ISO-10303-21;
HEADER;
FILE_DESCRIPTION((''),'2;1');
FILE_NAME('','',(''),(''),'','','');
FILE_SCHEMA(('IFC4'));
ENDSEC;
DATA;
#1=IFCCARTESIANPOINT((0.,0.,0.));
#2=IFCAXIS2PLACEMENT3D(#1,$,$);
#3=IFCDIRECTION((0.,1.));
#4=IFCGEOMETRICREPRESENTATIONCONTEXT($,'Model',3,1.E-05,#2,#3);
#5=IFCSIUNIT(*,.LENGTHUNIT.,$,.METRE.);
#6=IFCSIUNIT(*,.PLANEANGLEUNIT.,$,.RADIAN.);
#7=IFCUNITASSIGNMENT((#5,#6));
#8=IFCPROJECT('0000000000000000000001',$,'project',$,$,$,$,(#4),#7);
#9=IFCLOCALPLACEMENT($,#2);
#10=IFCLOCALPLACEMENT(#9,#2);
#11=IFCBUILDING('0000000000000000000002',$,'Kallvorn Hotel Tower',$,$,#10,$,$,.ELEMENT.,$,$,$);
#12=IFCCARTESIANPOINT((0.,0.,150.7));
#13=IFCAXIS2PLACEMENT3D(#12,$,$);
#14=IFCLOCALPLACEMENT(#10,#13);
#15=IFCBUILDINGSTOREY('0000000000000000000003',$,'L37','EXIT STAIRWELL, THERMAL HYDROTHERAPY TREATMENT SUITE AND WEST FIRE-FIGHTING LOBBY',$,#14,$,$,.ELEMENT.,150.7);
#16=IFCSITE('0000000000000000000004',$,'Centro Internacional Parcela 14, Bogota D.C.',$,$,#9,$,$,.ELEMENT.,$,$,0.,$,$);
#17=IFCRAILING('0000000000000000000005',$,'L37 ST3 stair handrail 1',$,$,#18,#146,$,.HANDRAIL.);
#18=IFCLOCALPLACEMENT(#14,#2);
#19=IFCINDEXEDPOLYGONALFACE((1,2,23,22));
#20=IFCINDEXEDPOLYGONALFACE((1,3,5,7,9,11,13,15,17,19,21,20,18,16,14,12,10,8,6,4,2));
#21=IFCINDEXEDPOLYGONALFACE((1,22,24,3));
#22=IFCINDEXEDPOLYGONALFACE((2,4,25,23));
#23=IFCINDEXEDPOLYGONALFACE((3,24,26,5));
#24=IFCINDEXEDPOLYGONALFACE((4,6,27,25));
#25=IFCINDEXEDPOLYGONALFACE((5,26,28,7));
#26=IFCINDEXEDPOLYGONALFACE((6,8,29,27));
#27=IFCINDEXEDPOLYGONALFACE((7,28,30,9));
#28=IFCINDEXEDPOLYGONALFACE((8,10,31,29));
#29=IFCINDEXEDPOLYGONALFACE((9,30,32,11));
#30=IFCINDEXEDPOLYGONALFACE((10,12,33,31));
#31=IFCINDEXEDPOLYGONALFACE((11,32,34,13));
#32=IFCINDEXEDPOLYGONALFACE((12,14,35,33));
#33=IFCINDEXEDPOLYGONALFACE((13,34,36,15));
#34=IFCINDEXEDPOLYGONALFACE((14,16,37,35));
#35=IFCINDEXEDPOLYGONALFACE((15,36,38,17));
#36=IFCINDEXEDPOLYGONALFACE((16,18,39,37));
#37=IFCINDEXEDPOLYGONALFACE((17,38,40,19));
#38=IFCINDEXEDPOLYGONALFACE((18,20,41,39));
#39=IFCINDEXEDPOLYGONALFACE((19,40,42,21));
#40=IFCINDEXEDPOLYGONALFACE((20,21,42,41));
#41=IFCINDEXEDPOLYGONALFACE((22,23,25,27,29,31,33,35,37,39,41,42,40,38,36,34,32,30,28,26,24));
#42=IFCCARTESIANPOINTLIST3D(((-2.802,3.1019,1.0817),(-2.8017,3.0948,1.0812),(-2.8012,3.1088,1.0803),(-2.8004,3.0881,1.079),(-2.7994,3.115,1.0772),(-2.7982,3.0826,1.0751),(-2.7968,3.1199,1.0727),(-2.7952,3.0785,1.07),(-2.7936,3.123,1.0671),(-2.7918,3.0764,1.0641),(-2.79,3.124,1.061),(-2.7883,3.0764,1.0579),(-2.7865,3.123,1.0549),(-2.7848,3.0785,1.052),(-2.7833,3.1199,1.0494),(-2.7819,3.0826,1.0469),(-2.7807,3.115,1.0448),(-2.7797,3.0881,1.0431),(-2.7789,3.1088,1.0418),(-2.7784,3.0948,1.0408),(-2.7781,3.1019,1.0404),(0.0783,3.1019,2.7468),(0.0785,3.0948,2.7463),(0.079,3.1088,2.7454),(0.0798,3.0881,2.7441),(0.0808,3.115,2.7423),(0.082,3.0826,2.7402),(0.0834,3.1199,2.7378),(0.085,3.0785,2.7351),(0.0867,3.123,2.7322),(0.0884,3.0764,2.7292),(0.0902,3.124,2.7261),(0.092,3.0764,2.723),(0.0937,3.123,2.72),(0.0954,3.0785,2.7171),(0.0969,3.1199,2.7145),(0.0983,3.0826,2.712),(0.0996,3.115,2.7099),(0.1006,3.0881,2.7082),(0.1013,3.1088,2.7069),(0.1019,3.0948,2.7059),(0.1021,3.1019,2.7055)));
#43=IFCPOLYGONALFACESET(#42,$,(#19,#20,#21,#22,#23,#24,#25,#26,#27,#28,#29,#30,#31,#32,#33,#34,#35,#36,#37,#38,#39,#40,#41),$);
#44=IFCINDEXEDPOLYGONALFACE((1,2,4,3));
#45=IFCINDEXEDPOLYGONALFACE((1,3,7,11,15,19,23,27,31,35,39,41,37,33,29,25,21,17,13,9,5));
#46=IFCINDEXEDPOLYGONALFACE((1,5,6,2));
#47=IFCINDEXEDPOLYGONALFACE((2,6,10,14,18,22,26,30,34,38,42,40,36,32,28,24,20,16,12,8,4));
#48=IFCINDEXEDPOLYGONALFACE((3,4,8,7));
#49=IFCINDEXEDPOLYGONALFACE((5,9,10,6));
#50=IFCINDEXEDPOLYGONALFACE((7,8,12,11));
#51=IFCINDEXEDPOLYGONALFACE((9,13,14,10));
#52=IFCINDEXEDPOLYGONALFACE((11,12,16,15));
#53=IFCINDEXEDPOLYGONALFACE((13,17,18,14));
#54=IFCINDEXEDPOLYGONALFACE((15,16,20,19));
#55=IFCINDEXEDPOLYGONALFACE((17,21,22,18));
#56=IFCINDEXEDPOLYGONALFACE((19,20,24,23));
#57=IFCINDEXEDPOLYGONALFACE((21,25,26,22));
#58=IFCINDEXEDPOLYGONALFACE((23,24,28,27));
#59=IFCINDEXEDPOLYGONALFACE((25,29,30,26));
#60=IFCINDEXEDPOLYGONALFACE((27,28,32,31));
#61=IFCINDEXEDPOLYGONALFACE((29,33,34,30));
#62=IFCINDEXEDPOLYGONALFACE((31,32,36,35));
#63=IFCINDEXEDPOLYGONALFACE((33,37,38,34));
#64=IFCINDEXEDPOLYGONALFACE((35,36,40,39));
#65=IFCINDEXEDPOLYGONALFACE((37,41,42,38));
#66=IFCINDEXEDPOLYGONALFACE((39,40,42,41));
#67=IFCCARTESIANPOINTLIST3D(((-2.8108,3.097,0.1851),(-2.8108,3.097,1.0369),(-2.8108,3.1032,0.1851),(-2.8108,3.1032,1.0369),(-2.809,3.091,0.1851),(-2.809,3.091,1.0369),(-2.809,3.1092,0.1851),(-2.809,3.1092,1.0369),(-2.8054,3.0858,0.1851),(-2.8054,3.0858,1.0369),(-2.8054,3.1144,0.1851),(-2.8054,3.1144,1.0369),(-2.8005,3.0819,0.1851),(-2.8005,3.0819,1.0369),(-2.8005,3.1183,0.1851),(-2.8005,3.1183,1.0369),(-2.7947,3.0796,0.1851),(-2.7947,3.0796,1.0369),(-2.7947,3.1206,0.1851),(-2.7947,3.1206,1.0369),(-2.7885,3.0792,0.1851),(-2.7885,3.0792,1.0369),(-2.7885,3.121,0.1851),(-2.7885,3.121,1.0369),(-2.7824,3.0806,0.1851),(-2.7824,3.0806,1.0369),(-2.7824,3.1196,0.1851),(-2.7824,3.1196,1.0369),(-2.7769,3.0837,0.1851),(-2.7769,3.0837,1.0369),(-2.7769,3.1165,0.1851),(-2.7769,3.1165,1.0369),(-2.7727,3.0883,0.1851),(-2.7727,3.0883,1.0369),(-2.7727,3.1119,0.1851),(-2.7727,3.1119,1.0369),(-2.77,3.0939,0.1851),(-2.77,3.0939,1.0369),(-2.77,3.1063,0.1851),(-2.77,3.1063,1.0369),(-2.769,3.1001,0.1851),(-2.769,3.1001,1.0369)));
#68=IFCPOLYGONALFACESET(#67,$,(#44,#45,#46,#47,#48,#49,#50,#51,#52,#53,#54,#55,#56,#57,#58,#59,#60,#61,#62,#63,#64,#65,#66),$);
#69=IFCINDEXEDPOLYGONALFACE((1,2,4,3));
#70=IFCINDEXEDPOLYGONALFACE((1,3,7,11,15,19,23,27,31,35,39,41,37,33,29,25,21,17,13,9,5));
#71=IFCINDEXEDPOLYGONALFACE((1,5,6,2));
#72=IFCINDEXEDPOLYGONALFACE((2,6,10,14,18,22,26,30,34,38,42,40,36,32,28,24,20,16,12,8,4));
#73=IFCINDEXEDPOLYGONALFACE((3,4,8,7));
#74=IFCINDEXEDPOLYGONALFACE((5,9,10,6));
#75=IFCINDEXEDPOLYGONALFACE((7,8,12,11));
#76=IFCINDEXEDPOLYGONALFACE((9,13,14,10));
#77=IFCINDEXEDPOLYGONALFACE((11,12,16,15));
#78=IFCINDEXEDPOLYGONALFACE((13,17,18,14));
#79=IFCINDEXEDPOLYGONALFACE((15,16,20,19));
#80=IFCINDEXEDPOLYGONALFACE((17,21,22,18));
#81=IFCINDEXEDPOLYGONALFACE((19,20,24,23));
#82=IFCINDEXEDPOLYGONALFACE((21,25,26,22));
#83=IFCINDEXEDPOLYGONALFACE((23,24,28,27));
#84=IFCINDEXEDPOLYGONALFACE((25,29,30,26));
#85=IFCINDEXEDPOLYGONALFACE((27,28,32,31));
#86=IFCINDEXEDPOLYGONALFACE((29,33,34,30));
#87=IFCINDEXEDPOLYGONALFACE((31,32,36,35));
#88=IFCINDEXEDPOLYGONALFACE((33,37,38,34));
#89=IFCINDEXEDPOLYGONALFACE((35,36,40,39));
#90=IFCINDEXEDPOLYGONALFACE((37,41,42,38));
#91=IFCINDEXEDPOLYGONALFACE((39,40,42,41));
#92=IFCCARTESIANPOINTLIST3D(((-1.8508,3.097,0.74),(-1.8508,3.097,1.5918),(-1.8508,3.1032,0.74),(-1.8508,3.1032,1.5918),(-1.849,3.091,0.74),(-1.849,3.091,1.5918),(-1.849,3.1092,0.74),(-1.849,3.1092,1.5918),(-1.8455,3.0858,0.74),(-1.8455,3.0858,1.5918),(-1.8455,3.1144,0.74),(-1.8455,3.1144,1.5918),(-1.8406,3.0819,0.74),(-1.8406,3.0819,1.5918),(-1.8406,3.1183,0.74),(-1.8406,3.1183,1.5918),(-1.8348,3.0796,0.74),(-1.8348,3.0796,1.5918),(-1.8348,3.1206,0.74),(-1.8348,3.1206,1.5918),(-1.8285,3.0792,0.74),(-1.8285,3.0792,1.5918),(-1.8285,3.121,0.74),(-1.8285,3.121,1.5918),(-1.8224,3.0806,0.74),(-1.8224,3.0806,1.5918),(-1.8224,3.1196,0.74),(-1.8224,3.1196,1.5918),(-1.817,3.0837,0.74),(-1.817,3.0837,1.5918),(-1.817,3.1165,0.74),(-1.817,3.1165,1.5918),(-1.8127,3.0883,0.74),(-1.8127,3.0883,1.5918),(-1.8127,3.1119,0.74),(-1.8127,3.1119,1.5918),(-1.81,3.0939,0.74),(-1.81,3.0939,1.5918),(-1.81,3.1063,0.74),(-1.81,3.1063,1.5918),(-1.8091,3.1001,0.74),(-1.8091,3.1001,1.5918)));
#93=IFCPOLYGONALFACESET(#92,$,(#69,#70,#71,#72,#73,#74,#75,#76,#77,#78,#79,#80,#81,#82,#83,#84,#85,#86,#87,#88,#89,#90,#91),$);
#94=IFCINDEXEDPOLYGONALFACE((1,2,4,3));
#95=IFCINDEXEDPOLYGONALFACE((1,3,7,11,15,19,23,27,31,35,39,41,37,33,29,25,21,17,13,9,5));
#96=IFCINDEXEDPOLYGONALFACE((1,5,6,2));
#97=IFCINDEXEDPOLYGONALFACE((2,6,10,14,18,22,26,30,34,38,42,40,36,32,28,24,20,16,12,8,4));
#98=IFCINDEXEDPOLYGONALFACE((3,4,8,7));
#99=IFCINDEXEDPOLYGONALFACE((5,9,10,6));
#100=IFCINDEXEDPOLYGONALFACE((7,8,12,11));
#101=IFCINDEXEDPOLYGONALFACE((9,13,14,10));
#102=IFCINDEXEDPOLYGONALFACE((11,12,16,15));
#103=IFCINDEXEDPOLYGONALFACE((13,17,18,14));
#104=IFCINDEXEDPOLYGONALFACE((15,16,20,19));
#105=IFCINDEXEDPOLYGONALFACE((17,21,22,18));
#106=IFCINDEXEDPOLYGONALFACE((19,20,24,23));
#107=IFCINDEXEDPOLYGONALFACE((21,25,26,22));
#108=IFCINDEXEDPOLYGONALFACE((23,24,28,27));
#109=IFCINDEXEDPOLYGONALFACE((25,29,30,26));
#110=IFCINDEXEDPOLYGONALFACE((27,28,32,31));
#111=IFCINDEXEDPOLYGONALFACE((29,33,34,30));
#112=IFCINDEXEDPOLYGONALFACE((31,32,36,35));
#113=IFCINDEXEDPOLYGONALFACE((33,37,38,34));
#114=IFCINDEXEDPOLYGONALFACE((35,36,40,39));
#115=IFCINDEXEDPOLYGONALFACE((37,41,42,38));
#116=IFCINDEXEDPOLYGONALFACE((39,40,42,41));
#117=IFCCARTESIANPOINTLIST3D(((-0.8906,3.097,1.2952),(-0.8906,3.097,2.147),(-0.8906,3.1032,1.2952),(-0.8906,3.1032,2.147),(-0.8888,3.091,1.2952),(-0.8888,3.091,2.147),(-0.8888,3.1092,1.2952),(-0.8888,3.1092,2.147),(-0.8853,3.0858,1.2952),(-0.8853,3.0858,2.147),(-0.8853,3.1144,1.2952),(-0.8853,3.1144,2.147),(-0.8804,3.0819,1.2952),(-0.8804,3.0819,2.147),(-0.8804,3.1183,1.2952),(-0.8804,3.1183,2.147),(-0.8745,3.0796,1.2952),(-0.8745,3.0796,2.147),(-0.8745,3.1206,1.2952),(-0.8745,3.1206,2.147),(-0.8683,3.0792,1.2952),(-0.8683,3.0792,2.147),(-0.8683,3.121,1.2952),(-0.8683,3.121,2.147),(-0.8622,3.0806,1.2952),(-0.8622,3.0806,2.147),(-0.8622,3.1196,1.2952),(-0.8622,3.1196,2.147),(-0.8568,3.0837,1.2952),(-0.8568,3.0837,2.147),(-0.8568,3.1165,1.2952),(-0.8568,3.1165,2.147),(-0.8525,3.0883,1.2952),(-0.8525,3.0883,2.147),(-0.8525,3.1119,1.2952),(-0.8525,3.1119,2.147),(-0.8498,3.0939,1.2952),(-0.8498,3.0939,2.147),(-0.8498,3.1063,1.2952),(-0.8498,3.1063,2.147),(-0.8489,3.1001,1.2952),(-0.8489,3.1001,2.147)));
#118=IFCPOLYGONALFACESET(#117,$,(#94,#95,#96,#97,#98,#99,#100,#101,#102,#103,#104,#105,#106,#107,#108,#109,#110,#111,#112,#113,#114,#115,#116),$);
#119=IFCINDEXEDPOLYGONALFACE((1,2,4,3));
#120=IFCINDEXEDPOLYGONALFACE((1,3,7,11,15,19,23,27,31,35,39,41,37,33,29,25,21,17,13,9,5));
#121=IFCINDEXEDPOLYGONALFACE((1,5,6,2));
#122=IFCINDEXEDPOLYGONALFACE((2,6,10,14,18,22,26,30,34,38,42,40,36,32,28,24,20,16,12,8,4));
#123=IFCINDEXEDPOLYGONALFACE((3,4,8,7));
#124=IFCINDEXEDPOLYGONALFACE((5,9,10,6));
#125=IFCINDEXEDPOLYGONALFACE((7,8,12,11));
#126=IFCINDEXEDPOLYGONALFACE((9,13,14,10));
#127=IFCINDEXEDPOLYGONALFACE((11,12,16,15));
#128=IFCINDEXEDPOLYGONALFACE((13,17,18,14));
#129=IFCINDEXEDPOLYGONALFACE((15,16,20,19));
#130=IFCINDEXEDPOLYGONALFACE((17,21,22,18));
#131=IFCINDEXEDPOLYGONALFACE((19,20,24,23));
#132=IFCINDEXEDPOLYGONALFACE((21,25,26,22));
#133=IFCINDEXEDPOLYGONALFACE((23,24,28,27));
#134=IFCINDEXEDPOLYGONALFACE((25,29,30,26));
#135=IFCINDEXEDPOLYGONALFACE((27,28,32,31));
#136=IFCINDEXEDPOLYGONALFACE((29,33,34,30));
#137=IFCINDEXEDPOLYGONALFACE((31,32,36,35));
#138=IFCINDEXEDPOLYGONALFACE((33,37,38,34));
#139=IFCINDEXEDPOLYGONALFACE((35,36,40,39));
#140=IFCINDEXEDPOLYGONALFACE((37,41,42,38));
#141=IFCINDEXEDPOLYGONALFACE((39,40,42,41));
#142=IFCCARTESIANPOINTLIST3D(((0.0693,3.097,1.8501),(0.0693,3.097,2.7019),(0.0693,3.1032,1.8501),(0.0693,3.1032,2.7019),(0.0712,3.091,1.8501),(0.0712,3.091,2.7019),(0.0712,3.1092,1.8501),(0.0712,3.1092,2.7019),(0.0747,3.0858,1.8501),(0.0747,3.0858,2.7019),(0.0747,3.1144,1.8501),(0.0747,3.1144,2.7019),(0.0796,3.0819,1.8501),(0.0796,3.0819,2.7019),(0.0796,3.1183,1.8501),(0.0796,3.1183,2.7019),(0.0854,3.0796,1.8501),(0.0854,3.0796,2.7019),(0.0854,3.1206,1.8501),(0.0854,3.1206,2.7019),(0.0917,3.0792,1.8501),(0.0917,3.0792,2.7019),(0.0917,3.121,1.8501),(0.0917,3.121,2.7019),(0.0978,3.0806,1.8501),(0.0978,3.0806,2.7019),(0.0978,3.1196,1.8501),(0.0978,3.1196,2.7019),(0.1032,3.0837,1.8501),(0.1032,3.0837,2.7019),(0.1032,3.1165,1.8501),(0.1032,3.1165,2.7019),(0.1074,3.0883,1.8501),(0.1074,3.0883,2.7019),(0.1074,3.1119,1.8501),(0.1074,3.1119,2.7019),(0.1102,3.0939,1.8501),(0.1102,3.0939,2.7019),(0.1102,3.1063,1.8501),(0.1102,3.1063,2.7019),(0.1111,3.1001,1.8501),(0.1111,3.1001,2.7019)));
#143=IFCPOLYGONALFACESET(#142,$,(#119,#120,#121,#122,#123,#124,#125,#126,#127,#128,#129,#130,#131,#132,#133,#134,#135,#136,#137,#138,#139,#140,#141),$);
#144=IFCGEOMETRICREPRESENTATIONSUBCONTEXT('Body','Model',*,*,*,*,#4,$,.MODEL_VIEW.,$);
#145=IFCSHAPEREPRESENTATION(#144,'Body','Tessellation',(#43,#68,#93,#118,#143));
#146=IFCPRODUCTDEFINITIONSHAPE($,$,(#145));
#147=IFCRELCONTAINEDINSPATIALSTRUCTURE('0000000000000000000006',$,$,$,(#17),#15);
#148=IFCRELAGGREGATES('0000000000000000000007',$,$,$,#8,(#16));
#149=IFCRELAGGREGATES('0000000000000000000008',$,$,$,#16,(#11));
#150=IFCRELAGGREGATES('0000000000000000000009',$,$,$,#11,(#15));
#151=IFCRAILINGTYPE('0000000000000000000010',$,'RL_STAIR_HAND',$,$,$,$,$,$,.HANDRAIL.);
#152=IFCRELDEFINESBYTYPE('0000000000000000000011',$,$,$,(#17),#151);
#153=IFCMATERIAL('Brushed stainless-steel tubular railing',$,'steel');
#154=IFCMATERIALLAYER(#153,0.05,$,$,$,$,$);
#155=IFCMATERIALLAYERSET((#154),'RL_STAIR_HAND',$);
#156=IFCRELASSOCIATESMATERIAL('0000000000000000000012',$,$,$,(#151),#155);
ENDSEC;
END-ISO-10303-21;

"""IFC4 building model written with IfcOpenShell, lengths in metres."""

from ifc_helpers import new_model, si_unit, direction, frame, origin, origin_2d, place, context, subcontext, project, spatial, circle, extrude, material, layer, layer_set, type_object, element, save


model = new_model("IFC4")

# Units and contexts
model_context = context("Model", 3, precision=1e-05, world=origin(), true_north=direction((0.0, 1.0)))
body_context = subcontext(model_context, "Body", "Model", "MODEL_VIEW")
ifc_project = project(units=[si_unit("LENGTHUNIT", "METRE"), si_unit("PLANEANGLEUNIT", "RADIAN")], contexts=[model_context])

# Site, building, storey
site_placement = place(None, origin())
site = spatial("IfcSite", under=ifc_project, at=site_placement, Name="Centro Internacional Parcela 14, Bogota D.C.", CompositionType="ELEMENT", RefElevation=0.0)
building_placement = place(site_placement, origin())
building = spatial("IfcBuilding", under=site, at=building_placement, Name="Kallvorn Hotel Tower", CompositionType="ELEMENT")
storey_placement = place(building_placement, frame((0.0, 0.0, 150.7)))
storey = spatial("IfcBuildingStorey", under=building, at=storey_placement, Name="L37", Description="EXIT STAIRWELL, THERMAL HYDROTHERAPY TREATMENT SUITE AND WEST FIRE-FIGHTING LOBBY", CompositionType="ELEMENT", Elevation=150.7)

# Railing
ifc_material_1 = material(Name="Brushed stainless-steel tubular railing", Category="steel")
ifc_layer_1 = layer(ifc_material_1, 0.05)
ifc_layer_set_1 = layer_set([ifc_layer_1], Name="RL_STAIR_HAND")
railing_type_1 = type_object("IfcRailingType", Name="RL_STAIR_HAND", PredefinedType="HANDRAIL", material=ifc_layer_set_1)
railing_1_placement = place(storey_placement, frame((-2.79, 3.1001, 0.1851)))
element("IfcRailing", 1, at=railing_1_placement, inside=storey, type_object=railing_type_1, Name="L37 ST3 stair handrail 1", PredefinedType="HANDRAIL", context=body_context, shape_type="SweptSolid", body=[
    extrude(circle(Radius=0.0239, at=origin_2d()), frame((0.0, 0.0, 0.876), z_axis=(0.865739, 0.0, 0.500495), x_axis=(0.0, 1.0, 0.0)), (0.0, 0.0, 1.0), 3.3269),
    extrude(circle(Radius=0.021, at=origin_2d()), origin(), (0.0, 0.0, 1.0), 0.8518),
    extrude(circle(Radius=0.021, at=origin_2d()), frame((0.96, 0.0, 0.5549)), (0.0, 0.0, 1.0), 0.8518),
    extrude(circle(Radius=0.021, at=origin_2d()), frame((1.9202, 0.0, 1.1101)), (0.0, 0.0, 1.0), 0.8518),
    extrude(circle(Radius=0.021, at=origin_2d()), frame((2.8801, 0.0, 1.665)), (0.0, 0.0, 1.0), 0.8518),
])

save(model, "model.ifc")
